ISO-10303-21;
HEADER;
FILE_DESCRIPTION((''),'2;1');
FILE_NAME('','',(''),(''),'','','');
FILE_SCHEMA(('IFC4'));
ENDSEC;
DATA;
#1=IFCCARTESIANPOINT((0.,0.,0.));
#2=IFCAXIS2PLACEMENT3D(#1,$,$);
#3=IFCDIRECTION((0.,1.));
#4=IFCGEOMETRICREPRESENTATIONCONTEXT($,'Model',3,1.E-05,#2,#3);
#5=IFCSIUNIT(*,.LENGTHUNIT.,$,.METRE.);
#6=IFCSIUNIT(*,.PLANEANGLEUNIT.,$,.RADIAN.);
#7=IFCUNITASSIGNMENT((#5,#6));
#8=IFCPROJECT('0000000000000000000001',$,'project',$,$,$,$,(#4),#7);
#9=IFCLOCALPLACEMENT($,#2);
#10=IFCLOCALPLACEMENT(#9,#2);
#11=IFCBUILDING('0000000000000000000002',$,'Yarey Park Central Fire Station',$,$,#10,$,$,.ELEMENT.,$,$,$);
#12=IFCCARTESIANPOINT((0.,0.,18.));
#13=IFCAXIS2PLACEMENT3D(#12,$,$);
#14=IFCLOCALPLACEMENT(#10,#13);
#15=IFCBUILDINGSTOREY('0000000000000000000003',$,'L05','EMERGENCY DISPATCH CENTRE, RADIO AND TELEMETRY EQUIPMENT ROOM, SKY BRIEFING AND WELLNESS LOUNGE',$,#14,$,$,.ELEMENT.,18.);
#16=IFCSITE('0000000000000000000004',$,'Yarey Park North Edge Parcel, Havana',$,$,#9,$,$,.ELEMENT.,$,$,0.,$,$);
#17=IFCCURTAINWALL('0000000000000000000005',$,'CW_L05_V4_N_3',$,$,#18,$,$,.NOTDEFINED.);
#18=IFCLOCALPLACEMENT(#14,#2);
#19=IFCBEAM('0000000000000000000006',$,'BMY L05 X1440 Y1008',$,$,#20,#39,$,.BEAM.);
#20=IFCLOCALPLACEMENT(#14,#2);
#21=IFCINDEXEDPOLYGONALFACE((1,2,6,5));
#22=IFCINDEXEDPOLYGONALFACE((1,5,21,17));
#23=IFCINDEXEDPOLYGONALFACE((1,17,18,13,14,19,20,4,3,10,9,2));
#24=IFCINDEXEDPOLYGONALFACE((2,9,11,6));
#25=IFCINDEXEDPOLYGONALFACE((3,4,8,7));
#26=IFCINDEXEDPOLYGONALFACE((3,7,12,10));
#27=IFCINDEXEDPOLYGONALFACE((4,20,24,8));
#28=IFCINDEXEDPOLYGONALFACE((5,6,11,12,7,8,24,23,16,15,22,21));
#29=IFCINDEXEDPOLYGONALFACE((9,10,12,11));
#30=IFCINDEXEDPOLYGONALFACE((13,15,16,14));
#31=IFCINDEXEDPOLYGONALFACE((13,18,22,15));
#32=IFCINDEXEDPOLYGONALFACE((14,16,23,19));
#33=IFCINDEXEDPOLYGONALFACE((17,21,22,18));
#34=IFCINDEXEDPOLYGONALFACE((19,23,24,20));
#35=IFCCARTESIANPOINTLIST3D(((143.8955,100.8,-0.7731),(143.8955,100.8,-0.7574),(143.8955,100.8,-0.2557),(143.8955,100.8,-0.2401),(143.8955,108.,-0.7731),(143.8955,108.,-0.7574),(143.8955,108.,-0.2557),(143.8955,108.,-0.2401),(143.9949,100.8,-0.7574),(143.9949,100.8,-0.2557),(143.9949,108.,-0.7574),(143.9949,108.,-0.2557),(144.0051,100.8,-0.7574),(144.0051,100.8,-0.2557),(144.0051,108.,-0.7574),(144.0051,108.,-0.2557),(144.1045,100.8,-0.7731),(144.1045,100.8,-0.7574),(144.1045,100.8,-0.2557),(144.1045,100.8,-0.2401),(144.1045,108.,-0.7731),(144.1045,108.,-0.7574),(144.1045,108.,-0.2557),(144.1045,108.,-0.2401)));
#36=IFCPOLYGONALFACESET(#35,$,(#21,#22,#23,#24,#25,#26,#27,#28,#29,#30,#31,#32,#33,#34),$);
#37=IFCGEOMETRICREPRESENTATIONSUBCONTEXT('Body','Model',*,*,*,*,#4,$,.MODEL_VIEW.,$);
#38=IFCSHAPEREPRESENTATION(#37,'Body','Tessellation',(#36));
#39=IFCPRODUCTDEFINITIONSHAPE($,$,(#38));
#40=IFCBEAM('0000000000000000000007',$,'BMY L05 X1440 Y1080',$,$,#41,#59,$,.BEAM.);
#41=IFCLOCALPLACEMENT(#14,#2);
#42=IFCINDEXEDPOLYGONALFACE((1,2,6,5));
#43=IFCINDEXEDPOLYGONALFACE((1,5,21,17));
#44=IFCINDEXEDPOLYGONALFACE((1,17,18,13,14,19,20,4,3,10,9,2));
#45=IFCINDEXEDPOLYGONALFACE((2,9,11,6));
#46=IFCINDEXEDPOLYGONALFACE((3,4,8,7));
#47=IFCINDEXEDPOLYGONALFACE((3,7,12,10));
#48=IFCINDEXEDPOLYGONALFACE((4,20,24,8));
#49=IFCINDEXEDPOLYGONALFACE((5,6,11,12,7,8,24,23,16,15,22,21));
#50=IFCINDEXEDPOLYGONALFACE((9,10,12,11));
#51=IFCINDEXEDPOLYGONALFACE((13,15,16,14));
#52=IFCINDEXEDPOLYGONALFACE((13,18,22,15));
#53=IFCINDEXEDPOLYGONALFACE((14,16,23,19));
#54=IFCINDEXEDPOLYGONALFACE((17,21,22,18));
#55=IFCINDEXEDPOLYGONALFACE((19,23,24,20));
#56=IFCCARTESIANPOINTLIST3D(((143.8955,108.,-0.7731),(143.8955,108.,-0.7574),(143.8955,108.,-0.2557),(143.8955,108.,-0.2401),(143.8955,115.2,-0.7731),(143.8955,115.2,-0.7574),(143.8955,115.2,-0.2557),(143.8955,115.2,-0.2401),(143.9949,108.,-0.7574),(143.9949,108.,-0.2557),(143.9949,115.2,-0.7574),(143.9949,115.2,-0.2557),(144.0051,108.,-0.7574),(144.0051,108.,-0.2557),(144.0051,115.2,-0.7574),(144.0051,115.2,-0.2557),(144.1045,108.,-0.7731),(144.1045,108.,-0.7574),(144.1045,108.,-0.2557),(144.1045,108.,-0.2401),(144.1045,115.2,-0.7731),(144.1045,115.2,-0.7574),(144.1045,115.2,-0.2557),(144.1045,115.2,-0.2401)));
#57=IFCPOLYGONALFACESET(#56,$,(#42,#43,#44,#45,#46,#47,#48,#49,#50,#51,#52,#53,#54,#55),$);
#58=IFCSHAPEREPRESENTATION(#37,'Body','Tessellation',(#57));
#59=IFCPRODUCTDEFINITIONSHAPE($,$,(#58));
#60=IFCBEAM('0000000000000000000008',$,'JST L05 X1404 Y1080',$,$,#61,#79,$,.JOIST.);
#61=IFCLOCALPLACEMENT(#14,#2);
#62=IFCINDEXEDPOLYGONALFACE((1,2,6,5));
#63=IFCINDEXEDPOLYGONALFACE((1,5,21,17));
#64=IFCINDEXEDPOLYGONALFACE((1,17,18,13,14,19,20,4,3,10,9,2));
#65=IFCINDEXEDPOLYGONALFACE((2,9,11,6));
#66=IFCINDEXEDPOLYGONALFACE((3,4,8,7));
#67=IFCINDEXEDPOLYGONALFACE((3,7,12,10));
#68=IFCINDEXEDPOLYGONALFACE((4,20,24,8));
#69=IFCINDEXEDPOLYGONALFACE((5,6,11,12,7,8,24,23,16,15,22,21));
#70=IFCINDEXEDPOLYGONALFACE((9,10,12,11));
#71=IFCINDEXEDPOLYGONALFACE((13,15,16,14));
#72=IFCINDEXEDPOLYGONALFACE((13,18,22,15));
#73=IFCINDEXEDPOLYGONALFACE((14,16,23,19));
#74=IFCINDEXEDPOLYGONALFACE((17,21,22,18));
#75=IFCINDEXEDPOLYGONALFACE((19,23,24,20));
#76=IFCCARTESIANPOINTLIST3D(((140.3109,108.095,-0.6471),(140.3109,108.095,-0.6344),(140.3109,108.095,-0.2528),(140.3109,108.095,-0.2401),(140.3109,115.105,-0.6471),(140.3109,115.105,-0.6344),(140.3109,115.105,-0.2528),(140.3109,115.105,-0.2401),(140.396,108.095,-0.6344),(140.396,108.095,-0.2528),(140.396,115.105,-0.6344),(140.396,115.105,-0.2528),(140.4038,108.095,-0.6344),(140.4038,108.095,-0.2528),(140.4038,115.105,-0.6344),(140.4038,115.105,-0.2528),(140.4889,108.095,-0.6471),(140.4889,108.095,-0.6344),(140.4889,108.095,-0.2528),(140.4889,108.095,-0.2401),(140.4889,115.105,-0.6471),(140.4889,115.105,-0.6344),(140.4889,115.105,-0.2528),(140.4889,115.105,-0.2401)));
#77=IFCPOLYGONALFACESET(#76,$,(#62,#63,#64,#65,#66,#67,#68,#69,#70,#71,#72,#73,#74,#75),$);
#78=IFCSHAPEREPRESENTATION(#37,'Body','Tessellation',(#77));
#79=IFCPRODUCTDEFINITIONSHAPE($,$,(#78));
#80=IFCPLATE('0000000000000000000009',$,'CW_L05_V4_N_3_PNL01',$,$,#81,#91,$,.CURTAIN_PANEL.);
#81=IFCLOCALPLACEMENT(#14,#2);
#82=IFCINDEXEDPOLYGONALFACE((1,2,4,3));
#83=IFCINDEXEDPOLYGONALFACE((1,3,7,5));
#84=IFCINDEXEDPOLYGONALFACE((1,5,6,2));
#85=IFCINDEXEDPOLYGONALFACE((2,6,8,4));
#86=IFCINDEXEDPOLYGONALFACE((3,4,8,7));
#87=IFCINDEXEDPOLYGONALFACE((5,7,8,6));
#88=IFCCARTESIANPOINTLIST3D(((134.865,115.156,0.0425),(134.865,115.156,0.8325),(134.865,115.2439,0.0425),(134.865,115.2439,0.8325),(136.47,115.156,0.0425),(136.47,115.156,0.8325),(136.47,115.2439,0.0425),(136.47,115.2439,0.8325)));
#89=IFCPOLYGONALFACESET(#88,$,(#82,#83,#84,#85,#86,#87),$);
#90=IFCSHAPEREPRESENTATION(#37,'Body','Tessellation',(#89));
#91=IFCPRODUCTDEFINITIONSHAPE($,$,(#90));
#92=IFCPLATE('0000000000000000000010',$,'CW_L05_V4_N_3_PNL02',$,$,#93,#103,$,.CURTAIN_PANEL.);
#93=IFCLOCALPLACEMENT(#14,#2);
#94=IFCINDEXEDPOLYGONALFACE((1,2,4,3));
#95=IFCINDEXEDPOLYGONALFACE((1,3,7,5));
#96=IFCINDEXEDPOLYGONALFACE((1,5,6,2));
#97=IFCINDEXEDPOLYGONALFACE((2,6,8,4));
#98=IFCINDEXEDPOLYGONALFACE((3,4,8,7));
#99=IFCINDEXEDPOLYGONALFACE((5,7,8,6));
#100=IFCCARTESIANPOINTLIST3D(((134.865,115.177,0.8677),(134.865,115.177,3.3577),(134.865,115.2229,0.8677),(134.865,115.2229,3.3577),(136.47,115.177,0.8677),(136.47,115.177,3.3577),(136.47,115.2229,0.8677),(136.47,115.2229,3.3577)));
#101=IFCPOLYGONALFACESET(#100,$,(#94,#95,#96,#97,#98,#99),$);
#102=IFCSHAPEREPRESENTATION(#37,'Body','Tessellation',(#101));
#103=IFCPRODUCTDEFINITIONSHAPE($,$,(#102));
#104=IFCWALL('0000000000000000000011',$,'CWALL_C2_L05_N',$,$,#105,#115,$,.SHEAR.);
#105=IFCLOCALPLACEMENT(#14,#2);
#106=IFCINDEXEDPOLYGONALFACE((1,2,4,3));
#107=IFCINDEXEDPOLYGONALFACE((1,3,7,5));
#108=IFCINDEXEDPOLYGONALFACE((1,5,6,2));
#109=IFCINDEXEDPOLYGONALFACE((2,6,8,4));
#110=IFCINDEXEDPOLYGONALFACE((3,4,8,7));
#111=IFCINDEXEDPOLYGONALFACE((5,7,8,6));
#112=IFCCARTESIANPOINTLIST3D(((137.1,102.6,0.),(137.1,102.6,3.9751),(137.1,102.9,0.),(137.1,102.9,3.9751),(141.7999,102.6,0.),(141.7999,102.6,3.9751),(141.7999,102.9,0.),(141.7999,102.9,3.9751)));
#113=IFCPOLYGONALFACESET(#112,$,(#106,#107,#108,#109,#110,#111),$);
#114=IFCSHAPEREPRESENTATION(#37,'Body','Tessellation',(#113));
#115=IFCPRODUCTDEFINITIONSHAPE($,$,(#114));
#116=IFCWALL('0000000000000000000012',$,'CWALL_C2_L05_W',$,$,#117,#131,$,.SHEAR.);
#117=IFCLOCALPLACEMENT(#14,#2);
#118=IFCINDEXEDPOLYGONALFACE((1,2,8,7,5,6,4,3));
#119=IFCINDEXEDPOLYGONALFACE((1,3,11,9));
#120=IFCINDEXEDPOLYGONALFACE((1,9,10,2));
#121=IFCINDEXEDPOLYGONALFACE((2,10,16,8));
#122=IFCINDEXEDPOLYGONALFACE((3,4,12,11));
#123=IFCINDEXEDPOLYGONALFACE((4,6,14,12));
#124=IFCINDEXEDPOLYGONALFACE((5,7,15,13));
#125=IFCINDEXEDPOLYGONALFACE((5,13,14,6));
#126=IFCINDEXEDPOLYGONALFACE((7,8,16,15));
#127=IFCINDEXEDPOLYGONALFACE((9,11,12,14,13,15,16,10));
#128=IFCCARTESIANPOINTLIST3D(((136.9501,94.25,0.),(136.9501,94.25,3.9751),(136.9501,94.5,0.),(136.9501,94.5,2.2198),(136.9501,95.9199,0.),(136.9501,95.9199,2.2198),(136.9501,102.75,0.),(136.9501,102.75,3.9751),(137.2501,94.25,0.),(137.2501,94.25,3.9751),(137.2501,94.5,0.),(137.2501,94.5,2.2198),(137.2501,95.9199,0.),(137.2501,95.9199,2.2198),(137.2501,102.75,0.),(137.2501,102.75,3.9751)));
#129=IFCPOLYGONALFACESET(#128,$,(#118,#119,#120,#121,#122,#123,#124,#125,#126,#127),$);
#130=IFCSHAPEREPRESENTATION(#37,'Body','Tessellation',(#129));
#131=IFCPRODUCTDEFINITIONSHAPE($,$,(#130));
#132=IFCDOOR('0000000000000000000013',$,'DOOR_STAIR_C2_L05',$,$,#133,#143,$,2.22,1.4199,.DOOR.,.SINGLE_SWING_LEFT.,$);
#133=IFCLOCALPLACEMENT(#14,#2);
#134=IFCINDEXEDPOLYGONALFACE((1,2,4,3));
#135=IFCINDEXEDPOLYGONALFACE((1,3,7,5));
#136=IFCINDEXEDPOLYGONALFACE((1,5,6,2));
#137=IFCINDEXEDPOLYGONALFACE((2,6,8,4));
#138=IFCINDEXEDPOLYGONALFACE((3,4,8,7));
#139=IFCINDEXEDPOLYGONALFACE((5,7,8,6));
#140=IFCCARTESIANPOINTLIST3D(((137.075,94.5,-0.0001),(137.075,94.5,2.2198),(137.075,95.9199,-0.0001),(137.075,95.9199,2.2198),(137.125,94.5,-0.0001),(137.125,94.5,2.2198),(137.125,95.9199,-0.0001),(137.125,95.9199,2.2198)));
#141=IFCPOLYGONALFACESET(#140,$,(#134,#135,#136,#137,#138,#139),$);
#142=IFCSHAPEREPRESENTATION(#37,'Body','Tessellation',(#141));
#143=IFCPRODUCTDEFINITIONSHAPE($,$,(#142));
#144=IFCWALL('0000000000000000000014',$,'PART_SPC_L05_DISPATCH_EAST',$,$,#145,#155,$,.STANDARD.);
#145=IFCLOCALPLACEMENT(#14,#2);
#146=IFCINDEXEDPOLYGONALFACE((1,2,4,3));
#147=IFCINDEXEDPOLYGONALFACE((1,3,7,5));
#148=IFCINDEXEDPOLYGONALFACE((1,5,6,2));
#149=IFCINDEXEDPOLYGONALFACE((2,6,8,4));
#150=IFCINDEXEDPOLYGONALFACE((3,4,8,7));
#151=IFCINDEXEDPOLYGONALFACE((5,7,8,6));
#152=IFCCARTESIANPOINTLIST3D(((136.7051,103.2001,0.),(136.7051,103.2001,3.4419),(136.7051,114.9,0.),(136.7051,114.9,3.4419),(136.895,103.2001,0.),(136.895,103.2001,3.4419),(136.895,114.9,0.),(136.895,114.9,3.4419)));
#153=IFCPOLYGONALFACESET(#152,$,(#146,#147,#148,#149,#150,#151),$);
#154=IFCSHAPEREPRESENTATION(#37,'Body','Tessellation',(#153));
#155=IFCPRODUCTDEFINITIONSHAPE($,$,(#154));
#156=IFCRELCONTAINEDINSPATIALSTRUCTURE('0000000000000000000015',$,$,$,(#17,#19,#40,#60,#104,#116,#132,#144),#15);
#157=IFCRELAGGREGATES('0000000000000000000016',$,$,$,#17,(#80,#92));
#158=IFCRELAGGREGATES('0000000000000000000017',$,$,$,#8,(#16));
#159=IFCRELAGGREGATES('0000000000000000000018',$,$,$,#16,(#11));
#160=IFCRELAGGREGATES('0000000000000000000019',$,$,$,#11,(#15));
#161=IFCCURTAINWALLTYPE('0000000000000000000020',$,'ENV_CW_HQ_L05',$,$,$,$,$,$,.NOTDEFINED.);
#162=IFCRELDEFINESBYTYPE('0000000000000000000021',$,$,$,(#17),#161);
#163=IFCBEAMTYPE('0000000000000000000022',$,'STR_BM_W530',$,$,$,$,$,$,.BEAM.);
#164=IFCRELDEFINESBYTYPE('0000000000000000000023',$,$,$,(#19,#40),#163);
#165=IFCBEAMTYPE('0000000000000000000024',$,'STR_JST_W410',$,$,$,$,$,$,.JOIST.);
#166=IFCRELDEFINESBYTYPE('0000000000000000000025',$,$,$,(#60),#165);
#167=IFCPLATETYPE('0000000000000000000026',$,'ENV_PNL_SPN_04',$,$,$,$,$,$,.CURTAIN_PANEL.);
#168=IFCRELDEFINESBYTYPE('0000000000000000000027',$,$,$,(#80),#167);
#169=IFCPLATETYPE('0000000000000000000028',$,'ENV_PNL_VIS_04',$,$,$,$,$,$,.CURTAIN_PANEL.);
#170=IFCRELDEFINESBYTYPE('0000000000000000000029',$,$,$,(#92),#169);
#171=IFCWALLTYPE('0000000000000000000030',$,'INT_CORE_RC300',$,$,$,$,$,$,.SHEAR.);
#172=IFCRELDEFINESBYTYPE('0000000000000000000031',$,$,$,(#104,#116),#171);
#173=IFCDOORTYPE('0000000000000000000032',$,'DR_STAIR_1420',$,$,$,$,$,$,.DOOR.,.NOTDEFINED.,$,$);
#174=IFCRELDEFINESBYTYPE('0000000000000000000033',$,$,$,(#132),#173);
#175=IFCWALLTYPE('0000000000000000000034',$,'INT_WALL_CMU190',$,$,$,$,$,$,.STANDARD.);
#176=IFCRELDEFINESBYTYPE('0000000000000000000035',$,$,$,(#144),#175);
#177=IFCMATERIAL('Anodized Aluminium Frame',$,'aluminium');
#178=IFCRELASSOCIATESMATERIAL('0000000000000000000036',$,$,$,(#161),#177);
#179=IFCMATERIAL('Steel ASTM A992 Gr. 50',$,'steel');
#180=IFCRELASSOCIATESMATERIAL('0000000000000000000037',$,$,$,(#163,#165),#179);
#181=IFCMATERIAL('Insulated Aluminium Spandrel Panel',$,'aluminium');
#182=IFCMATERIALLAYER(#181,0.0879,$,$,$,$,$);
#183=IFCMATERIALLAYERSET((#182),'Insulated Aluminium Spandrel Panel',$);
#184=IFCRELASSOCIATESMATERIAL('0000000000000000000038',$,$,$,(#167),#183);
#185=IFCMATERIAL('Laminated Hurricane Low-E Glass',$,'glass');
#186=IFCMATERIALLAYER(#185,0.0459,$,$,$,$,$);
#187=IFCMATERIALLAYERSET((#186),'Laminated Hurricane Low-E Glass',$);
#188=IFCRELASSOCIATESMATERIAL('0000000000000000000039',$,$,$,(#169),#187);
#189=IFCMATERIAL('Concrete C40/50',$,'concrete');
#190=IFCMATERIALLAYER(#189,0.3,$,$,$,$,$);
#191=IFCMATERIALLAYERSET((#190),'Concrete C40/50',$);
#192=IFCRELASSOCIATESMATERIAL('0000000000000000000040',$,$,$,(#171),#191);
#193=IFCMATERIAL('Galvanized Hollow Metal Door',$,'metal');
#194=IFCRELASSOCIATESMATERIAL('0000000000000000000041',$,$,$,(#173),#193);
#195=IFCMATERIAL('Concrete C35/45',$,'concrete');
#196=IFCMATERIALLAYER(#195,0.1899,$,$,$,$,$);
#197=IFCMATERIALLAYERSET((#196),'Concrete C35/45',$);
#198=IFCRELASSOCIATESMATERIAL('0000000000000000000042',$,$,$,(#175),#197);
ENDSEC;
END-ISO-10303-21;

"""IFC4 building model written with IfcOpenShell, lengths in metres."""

from ifc_helpers import new_model, si_unit, direction, frame, frame_2d, origin, origin_2d, place, context, subcontext, project, spatial, rectangle, i_section, extrude, material, layer, layer_set, material_profile, profile_set, type_object, element, fill, aggregate, save


model = new_model("IFC4")

# Units and contexts
model_context = context("Model", 3, precision=1e-05, world=origin(), true_north=direction((0.0, 1.0)))
body_context = subcontext(model_context, "Body", "Model", "MODEL_VIEW")
ifc_project = project(units=[si_unit("LENGTHUNIT", "METRE"), si_unit("PLANEANGLEUNIT", "RADIAN")], contexts=[model_context])

# Site, building, storey
site_placement = place(None, origin())
site = spatial("IfcSite", under=ifc_project, at=site_placement, Name="Yarey Park North Edge Parcel, Havana", CompositionType="ELEMENT", RefElevation=0.0)
building_placement = place(site_placement, origin())
building = spatial("IfcBuilding", under=site, at=building_placement, Name="Yarey Park Central Fire Station", CompositionType="ELEMENT")
storey_placement = place(building_placement, frame((0.0, 0.0, 18.0)))
storey = spatial("IfcBuildingStorey", under=building, at=storey_placement, Name="L05", Description="EMERGENCY DISPATCH CENTRE, RADIO AND TELEMETRY EQUIPMENT ROOM, SKY BRIEFING AND WELLNESS LOUNGE", CompositionType="ELEMENT", Elevation=18.0)

# Shared definitions
ifc_material_1 = material(Name="Concrete C40/50", Category="concrete")

# Curtain wall
ifc_material_2 = material(Name="Anodized Aluminium Frame", Category="aluminium")
curtain_wall_type = type_object("IfcCurtainWallType", Name="ENV_CW_HQ_L05", PredefinedType="NOTDEFINED", material=ifc_material_2)
curtain_wall_placement = place(storey_placement, origin())
curtain_wall = element("IfcCurtainWall", 1, at=curtain_wall_placement, inside=storey, type_object=curtain_wall_type, Name="CW_L05_V4_N_3", PredefinedType="NOTDEFINED")

# Beams
ifc_material_3 = material(Name="Steel ASTM A992 Gr. 50", Category="steel")
ifc_material_profile_1 = material_profile(ifc_material_3, i_section(OverallWidth=0.209, OverallDepth=0.533, WebThickness=0.0103, FlangeThickness=0.0156, at=origin_2d()), Name="W530x92")
ifc_profile_set_1 = profile_set([ifc_material_profile_1], Name="Steel ASTM A992 Gr. 50")
beam_type_1 = type_object("IfcBeamType", Name="STR_BM_W530", PredefinedType="BEAM", material=ifc_profile_set_1)
for number, where, z_axis, x_axis, name in (
    (2, (144.0, 100.8, -0.5066), (0.0, 1.0, 0.0), (-1.0, 0.0, 0.0), "BMY L05 X1440 Y1008"),
    (3, (144.0, 108.0, -0.5066), (0.0, 1.0, 0.0), (-1.0, 0.0, 0.0), "BMY L05 X1440 Y1080"),
):
    element("IfcBeam", number, at=place(storey_placement, frame(where, z_axis=z_axis, x_axis=x_axis)), inside=storey, type_object=beam_type_1, Name=name, PredefinedType="BEAM", context=body_context, shape_type="SweptSolid", body=[
        extrude(i_section(OverallWidth=0.209, OverallDepth=0.533, WebThickness=0.0103, FlangeThickness=0.0156, at=origin_2d()), origin(), (0.0, 0.0, 1.0), 7.2),
    ])
ifc_material_profile_2 = material_profile(ifc_material_3, i_section(OverallWidth=0.178, OverallDepth=0.407, WebThickness=0.0078, FlangeThickness=0.0127, at=origin_2d()), Name="W410x60")
ifc_profile_set_2 = profile_set([ifc_material_profile_2], Name="Steel ASTM A992 Gr. 50")
beam_type_2 = type_object("IfcBeamType", Name="STR_JST_W410", PredefinedType="JOIST", material=ifc_profile_set_2)
beam_placement = place(storey_placement, frame((140.3999, 108.095, -0.4436), z_axis=(0.0, 1.0, 0.0), x_axis=(-1.0, 0.0, 0.0)))
element("IfcBeam", 4, at=beam_placement, inside=storey, type_object=beam_type_2, Name="JST L05 X1404 Y1080", PredefinedType="JOIST", context=body_context, shape_type="SweptSolid", body=[
    extrude(i_section(OverallWidth=0.178, OverallDepth=0.407, WebThickness=0.0078, FlangeThickness=0.0127, at=origin_2d()), origin(), (0.0, 0.0, 1.0), 7.01),
])

# Plates
ifc_material_4 = material(Name="Insulated Aluminium Spandrel Panel", Category="aluminium")
ifc_layer_1 = layer(ifc_material_4, 0.0879)
ifc_layer_set_1 = layer_set([ifc_layer_1], Name="Insulated Aluminium Spandrel Panel")
plate_type_1 = type_object("IfcPlateType", Name="ENV_PNL_SPN_04", PredefinedType="CURTAIN_PANEL", material=ifc_layer_set_1)
plate_1_placement = place(storey_placement, frame((135.6675, 115.2, 0.0425), z_axis=(0.0, 0.0, 1.0), x_axis=(-1.0, 0.0, 0.0)))
plate_1 = element("IfcPlate", 5, at=plate_1_placement, type_object=plate_type_1, Name="CW_L05_V4_N_3_PNL01", PredefinedType="CURTAIN_PANEL", context=body_context, shape_type="SweptSolid", body=[
    extrude(rectangle(XDim=1.605, YDim=0.0879, at=origin_2d()), origin(), (0.0, 0.0, 1.0), 0.79),
])
ifc_material_5 = material(Name="Laminated Hurricane Low-E Glass", Category="glass")
ifc_layer_2 = layer(ifc_material_5, 0.0459)
ifc_layer_set_2 = layer_set([ifc_layer_2], Name="Laminated Hurricane Low-E Glass")
plate_type_2 = type_object("IfcPlateType", Name="ENV_PNL_VIS_04", PredefinedType="CURTAIN_PANEL", material=ifc_layer_set_2)
plate_2_placement = place(storey_placement, frame((135.6675, 115.2, 0.8677), z_axis=(0.0, 0.0, 1.0), x_axis=(-1.0, 0.0, 0.0)))
plate_2 = element("IfcPlate", 6, at=plate_2_placement, type_object=plate_type_2, Name="CW_L05_V4_N_3_PNL02", PredefinedType="CURTAIN_PANEL", context=body_context, shape_type="SweptSolid", body=[
    extrude(rectangle(XDim=1.605, YDim=0.0459, at=origin_2d()), origin(), (0.0, 0.0, 1.0), 2.49),
])
aggregate(curtain_wall, [plate_1, plate_2])

# Wall
ifc_layer_3 = layer(ifc_material_1, 0.3)
ifc_layer_set_3 = layer_set([ifc_layer_3], Name="Concrete C40/50")
wall_type_1 = type_object("IfcWallType", Name="INT_CORE_RC300", PredefinedType="SHEAR", material=ifc_layer_set_3)
wall_1_placement = place(storey_placement, frame((141.8, 102.75, 0.0), z_axis=(0.0, 0.0, 1.0), x_axis=(-1.0, 0.0, 0.0)))
element("IfcWall", 7, at=wall_1_placement, inside=storey, type_object=wall_type_1, Name="CWALL_C2_L05_N", PredefinedType="SHEAR", context=body_context, shape_type="SweptSolid", body=[
    extrude(rectangle(XDim=4.7, YDim=0.3, at=frame_2d((2.3501, 0.0))), origin(), (0.0, 0.0, 1.0), 3.9751),
])

# Wall, opening, door
wall_2_placement = place(storey_placement, frame((137.1001, 102.75, 0.0), z_axis=(0.0, 0.0, 1.0), x_axis=(0.0, -1.0, 0.0)))
wall_2 = element("IfcWall", 8, at=wall_2_placement, inside=storey, type_object=wall_type_1, Name="CWALL_C2_L05_W", PredefinedType="SHEAR", context=body_context, shape_type="SweptSolid", body=[
    extrude(rectangle(XDim=8.5, YDim=0.3, at=frame_2d((4.25, 0.0))), origin(), (0.0, 0.0, 1.0), 3.9751),
])
opening_1_placement = place(wall_2_placement, frame((6.8301, 0.0, 0.0)))
opening_1 = element("IfcOpeningElement", 9, at=opening_1_placement, cuts=wall_2, PredefinedType="OPENING", context=body_context, shape_type="SweptSolid", body=[
    extrude(rectangle(XDim=1.4199, YDim=2.22, at=frame_2d((0.71, 1.1099))), frame((0.0, 0.1599, 0.0), z_axis=(0.0, -1.0, 0.0), x_axis=(1.0, 0.0, 0.0)), (0.0, 0.0, 1.0), 0.3201),
])
ifc_material_6 = material(Name="Galvanized Hollow Metal Door", Category="metal")
door_type_1 = type_object("IfcDoorType", Name="DR_STAIR_1420", OperationType="NOTDEFINED", PredefinedType="DOOR", material=ifc_material_6)
door_1_placement = place(opening_1_placement, origin())
door_1 = element("IfcDoor", 10, at=door_1_placement, inside=storey, type_object=door_type_1, Name="DOOR_STAIR_C2_L05", OperationType="SINGLE_SWING_LEFT", OverallHeight=2.22, OverallWidth=1.4199, PredefinedType="DOOR", context=body_context, shape_type="SweptSolid", body=[
    extrude(rectangle(XDim=1.4199, YDim=2.22, at=frame_2d((0.71, 1.1099))), frame((0.0, 0.0249, 0.0), z_axis=(0.0, -1.0, 0.0), x_axis=(1.0, 0.0, 0.0)), (0.0, 0.0, 1.0), 0.05),
])
fill(opening_1, door_1)

# Wall
ifc_material_7 = material(Name="Concrete C35/45", Category="concrete")
ifc_layer_4 = layer(ifc_material_7, 0.1899)
ifc_layer_set_4 = layer_set([ifc_layer_4], Name="Concrete C35/45")
wall_type_2 = type_object("IfcWallType", Name="INT_WALL_CMU190", PredefinedType="STANDARD", material=ifc_layer_set_4)
wall_3_placement = place(storey_placement, frame((136.8, 103.2, 0.0), z_axis=(0.0, 0.0, 1.0), x_axis=(0.0, 1.0, 0.0)))
element("IfcWall", 11, at=wall_3_placement, inside=storey, type_object=wall_type_2, Name="PART_SPC_L05_DISPATCH_EAST", PredefinedType="STANDARD", context=body_context, shape_type="SweptSolid", body=[
    extrude(rectangle(XDim=11.7, YDim=0.1899, at=frame_2d((5.8501, 0.0))), origin(), (0.0, 0.0, 1.0), 3.4419),
])

save(model, "model.ifc")
